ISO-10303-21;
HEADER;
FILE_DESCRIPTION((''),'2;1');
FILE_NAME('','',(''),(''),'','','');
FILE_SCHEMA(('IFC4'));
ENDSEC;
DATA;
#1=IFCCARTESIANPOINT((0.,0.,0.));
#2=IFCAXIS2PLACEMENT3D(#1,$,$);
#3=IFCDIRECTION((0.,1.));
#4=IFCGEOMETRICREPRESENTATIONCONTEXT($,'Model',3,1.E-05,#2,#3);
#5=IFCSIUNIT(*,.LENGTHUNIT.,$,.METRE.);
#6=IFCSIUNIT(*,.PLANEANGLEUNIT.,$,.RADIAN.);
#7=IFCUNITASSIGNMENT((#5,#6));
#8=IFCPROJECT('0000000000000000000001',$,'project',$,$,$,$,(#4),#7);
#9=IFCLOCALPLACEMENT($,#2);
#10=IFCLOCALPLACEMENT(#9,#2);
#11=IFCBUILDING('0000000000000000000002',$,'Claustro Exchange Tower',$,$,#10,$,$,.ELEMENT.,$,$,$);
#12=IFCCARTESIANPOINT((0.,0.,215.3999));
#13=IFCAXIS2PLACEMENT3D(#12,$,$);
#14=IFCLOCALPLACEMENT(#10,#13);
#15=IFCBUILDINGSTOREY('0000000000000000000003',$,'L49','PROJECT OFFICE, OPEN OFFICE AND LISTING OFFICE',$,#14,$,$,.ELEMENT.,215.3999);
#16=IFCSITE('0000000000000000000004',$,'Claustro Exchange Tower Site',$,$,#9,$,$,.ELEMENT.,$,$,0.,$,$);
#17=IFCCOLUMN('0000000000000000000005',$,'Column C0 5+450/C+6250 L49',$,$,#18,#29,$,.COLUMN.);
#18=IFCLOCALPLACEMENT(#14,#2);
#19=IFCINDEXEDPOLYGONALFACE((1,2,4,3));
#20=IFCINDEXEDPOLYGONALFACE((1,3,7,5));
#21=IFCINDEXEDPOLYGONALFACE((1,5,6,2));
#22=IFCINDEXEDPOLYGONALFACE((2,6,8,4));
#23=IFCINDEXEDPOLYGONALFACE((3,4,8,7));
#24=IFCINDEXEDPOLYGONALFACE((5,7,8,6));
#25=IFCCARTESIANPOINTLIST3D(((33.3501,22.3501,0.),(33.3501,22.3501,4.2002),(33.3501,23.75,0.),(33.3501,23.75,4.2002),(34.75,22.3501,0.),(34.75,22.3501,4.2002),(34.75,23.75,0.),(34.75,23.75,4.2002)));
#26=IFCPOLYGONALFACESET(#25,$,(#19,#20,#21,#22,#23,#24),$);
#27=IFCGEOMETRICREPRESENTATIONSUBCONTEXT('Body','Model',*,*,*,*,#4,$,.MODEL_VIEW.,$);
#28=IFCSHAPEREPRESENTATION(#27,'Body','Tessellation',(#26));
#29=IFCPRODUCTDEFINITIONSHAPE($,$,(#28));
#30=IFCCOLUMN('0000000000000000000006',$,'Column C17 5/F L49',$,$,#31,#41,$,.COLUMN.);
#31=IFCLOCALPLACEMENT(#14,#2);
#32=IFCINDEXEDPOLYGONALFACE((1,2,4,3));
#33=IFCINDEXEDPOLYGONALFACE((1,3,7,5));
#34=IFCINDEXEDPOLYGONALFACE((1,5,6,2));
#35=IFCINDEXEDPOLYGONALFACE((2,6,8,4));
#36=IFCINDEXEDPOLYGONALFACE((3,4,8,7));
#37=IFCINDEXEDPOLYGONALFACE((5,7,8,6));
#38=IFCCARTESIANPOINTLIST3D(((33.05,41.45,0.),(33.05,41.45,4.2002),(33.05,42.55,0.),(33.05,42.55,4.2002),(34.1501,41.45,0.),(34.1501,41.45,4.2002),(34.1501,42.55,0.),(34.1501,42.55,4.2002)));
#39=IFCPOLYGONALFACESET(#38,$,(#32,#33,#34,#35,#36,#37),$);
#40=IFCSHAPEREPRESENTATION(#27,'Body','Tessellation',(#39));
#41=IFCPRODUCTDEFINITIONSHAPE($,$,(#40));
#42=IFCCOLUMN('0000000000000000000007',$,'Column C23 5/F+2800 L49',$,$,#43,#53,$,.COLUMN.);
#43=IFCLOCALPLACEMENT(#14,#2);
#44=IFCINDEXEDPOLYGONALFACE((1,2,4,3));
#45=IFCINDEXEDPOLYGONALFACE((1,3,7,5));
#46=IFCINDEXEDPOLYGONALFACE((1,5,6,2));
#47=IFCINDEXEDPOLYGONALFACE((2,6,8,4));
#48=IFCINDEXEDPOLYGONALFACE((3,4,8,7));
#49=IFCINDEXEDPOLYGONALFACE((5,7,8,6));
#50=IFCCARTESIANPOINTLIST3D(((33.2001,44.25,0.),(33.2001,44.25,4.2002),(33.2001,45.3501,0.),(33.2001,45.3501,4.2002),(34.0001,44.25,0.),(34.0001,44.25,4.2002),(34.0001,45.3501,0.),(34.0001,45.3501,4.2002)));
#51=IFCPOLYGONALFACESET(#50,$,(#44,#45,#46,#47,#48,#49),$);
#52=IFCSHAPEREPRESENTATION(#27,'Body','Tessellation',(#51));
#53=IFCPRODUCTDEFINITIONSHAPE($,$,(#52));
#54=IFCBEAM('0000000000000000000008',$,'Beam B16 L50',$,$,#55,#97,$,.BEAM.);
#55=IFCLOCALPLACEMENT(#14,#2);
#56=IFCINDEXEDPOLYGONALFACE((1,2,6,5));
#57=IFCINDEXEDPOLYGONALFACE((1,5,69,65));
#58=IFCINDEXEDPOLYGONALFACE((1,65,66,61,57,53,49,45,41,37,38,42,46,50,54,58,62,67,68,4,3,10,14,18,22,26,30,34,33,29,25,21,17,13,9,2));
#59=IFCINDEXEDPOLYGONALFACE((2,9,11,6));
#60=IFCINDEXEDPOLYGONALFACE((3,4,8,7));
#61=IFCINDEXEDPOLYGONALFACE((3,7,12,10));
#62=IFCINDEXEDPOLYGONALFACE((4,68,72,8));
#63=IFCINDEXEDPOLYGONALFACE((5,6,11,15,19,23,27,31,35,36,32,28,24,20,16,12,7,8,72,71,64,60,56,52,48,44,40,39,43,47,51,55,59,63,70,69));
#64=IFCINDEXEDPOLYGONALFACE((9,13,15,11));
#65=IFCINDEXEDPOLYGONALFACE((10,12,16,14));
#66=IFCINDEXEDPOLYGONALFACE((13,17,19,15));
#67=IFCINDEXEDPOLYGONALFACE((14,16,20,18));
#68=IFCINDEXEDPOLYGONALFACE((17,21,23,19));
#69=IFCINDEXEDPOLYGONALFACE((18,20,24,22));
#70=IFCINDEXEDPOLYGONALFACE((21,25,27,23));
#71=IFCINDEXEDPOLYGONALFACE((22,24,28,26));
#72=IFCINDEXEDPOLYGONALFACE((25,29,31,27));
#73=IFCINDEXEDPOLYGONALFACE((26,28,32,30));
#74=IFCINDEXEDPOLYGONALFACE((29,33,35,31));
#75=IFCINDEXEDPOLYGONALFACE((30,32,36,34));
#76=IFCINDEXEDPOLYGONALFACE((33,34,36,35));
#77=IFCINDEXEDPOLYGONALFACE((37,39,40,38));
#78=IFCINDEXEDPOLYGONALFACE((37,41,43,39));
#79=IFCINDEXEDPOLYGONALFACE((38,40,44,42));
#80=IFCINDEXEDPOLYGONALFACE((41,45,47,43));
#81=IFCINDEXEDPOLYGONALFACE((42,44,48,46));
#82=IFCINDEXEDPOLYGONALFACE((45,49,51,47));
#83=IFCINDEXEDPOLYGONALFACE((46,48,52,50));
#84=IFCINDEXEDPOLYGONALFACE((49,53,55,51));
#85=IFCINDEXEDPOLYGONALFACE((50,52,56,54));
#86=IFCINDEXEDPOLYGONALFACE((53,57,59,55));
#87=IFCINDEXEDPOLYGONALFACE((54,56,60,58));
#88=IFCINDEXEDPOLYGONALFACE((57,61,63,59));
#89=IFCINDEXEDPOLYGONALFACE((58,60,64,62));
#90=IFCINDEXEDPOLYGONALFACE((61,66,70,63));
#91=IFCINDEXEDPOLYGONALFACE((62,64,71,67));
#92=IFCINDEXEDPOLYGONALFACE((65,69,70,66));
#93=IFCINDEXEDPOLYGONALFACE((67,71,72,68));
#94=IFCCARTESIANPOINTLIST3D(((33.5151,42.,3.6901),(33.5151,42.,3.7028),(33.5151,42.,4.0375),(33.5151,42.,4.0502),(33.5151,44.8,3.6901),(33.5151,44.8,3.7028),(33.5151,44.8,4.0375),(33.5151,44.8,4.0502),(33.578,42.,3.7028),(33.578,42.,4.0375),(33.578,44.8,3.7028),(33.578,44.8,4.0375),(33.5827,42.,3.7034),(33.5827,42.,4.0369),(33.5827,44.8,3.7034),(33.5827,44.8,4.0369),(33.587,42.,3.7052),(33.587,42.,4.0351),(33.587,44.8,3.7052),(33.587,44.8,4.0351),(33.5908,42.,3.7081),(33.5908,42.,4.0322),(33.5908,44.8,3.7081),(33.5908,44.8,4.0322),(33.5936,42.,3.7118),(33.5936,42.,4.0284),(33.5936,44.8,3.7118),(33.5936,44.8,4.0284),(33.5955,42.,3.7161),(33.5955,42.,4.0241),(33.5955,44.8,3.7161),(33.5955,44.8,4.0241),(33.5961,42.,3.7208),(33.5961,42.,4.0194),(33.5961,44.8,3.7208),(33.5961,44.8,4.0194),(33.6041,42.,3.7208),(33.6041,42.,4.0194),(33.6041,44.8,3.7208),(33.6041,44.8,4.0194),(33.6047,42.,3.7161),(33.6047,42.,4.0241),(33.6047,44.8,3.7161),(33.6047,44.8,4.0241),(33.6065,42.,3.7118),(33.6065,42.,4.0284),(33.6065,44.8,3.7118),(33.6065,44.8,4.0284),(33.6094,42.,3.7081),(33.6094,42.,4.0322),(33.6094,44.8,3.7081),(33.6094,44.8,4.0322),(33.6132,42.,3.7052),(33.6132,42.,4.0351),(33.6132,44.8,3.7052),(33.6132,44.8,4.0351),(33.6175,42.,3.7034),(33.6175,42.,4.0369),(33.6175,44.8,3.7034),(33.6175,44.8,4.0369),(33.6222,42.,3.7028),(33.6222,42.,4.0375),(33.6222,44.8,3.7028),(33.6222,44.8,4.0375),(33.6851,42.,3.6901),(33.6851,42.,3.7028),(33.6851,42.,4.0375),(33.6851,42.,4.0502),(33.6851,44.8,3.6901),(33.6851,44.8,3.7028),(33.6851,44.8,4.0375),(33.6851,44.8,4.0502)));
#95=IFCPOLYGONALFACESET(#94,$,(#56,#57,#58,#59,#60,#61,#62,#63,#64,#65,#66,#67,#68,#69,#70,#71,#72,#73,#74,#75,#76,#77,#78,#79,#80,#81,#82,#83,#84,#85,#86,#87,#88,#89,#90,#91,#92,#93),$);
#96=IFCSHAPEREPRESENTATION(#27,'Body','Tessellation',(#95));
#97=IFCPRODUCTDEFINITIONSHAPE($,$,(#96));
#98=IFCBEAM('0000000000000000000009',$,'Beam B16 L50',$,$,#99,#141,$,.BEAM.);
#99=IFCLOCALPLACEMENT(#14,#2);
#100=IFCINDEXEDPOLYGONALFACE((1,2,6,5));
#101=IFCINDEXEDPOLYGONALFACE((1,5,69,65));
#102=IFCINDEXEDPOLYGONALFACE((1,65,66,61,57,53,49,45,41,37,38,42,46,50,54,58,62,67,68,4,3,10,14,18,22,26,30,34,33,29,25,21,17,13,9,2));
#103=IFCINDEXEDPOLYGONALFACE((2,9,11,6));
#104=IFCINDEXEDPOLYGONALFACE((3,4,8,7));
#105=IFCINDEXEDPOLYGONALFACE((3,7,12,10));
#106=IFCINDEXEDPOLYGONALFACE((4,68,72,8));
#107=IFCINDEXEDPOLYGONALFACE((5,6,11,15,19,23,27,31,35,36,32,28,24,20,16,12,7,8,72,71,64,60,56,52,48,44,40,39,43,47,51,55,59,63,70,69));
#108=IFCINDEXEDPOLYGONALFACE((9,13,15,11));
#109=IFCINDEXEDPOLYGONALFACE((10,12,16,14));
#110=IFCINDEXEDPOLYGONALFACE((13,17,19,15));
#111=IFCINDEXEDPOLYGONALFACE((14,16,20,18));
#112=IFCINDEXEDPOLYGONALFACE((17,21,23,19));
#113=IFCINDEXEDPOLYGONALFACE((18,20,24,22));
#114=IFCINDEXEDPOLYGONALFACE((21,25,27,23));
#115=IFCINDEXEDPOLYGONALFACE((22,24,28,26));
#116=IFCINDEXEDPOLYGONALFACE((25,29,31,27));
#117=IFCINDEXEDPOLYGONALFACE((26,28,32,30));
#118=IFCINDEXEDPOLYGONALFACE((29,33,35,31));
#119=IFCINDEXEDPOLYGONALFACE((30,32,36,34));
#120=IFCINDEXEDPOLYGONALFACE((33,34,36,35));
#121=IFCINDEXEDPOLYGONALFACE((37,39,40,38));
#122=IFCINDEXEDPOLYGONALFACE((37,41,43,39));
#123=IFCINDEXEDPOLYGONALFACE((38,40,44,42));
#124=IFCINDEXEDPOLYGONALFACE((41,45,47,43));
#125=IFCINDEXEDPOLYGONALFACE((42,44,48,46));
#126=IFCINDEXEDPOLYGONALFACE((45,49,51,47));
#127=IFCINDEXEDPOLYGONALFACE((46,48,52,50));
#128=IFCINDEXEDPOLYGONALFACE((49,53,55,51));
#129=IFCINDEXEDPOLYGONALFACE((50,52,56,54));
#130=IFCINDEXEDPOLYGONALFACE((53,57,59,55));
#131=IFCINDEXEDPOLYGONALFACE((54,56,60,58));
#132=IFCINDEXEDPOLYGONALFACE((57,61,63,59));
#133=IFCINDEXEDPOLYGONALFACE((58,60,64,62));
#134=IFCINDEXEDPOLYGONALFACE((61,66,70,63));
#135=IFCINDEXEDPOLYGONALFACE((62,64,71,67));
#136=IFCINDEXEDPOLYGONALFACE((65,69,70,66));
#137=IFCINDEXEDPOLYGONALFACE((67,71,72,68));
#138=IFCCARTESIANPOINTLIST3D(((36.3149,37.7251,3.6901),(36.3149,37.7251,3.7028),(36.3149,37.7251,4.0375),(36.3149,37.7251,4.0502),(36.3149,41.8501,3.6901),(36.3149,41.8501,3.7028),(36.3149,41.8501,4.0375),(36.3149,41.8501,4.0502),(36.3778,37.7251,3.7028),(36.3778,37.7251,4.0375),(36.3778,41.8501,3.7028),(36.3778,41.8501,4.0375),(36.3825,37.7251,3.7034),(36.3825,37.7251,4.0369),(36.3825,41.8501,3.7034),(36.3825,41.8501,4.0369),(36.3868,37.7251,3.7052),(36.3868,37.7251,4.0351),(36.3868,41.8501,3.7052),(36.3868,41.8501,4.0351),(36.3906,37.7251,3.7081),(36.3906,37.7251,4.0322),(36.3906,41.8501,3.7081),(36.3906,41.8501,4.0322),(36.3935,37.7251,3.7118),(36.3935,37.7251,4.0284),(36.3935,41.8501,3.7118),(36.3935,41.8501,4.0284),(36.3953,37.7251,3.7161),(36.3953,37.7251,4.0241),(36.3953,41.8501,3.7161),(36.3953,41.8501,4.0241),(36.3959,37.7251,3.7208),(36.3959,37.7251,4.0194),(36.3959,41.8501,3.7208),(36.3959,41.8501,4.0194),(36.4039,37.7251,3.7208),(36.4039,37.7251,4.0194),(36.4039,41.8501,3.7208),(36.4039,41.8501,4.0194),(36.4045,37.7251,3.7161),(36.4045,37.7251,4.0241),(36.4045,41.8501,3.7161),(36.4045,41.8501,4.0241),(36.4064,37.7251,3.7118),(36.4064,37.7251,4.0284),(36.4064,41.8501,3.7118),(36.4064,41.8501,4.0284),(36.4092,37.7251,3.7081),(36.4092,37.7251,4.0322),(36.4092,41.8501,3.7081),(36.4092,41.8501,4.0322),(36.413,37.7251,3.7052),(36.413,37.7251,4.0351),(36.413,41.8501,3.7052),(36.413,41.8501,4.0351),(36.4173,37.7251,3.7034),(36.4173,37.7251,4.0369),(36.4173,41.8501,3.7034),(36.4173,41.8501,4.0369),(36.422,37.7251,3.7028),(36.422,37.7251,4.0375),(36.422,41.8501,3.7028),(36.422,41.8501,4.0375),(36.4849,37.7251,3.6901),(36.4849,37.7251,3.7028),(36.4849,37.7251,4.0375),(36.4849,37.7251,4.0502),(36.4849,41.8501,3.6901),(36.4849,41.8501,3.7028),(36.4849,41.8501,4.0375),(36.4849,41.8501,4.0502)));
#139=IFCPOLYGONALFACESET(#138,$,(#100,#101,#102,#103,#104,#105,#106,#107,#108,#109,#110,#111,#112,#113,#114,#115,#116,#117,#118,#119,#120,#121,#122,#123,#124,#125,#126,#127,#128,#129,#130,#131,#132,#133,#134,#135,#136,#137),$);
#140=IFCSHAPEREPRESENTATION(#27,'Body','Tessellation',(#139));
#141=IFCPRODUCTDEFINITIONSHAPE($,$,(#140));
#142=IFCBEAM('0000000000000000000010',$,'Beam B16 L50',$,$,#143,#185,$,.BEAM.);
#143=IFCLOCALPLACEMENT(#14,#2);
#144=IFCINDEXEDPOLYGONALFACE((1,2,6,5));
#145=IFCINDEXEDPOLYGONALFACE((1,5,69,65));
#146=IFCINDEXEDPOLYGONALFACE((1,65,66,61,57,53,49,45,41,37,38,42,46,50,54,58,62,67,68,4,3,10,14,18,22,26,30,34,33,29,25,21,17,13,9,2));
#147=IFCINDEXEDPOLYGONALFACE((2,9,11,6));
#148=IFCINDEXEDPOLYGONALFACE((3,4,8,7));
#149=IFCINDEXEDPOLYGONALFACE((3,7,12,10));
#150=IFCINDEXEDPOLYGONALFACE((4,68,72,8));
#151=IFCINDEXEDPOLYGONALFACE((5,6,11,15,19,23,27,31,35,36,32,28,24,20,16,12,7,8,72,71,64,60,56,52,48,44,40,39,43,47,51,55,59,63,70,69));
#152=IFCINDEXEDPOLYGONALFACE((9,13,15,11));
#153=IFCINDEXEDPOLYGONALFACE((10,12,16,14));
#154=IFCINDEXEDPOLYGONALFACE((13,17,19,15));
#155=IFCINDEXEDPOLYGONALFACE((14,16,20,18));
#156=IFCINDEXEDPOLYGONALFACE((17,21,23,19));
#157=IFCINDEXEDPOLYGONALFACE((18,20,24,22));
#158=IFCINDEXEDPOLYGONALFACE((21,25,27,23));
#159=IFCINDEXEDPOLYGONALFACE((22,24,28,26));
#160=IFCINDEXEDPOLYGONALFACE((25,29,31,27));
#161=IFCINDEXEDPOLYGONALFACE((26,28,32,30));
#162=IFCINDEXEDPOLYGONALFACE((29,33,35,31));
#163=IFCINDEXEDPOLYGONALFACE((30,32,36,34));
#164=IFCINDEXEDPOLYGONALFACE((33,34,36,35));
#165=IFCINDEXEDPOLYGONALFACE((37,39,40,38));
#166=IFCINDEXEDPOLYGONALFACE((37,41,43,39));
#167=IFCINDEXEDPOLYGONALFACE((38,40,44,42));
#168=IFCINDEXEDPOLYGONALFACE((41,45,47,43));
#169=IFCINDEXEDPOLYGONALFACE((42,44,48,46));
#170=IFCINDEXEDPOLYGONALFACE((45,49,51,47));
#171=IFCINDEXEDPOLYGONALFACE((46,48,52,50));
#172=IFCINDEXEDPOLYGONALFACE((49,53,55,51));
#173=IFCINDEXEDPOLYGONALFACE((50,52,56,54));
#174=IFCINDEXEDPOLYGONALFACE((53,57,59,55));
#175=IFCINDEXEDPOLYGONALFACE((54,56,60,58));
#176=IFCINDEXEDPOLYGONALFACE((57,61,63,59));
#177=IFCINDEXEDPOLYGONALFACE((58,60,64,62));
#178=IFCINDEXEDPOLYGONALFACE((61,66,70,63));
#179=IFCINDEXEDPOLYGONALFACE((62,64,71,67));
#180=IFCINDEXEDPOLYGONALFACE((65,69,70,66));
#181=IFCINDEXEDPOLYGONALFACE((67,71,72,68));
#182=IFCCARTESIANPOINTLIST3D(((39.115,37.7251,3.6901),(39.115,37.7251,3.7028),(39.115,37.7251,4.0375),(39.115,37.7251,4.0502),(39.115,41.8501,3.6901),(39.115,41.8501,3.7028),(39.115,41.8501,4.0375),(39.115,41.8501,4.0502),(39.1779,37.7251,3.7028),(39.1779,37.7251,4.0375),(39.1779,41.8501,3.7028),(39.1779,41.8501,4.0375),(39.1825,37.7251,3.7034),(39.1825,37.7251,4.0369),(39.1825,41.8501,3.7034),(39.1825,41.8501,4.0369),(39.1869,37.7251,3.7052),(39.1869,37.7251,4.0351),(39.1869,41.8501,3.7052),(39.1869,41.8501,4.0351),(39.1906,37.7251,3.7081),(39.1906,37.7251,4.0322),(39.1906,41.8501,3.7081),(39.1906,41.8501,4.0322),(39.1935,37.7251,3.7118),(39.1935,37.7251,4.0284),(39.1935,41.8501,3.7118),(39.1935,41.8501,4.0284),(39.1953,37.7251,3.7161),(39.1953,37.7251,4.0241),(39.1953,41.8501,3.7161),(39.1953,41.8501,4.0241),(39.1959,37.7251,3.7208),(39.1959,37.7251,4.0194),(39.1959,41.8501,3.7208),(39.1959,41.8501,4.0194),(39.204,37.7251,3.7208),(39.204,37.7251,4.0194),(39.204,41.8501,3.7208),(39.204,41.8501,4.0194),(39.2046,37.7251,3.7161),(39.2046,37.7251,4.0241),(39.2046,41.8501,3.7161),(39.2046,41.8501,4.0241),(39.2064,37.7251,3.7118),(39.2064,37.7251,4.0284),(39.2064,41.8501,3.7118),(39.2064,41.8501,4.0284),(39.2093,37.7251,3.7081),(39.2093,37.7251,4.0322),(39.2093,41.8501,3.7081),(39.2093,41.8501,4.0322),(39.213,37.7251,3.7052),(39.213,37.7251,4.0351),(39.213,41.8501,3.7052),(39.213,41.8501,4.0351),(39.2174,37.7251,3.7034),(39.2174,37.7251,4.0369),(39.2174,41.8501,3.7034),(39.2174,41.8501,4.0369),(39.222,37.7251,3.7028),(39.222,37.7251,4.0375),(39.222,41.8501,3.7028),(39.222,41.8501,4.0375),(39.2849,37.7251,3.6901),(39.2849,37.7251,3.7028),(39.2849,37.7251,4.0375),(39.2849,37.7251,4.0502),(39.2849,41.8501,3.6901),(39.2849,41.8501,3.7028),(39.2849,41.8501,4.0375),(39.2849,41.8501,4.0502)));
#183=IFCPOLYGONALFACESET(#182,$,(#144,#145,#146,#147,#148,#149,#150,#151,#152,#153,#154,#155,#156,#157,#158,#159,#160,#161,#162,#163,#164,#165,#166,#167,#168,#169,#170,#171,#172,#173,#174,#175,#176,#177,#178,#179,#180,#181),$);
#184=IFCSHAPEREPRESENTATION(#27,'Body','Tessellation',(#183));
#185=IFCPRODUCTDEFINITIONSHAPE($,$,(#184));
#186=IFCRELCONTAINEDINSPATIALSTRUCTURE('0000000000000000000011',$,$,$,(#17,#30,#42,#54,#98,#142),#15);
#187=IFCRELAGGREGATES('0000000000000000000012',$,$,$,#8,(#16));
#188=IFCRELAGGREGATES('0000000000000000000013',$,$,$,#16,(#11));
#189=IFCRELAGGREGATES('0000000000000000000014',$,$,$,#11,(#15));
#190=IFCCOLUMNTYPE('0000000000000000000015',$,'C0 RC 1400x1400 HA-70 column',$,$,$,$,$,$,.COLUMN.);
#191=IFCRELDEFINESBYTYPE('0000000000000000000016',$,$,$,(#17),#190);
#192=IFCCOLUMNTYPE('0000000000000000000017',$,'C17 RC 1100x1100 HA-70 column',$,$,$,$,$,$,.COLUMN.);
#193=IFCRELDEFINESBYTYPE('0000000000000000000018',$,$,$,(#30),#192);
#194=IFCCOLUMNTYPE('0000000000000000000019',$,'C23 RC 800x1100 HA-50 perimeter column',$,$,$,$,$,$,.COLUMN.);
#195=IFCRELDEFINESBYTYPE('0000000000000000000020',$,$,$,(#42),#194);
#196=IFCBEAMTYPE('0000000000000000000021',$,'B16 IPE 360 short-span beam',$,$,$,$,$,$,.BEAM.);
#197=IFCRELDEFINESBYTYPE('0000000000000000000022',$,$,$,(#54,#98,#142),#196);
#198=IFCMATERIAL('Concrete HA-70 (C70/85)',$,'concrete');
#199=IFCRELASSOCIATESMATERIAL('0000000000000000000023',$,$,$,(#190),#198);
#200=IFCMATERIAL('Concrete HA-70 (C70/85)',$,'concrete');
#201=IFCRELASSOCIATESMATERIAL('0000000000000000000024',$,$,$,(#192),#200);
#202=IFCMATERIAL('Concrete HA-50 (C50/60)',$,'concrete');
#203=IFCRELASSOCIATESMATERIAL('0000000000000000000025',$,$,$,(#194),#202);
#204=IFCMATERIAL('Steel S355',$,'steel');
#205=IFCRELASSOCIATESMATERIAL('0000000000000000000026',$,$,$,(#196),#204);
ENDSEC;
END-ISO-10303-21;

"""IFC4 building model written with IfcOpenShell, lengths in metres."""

from ifc_helpers import new_model, si_unit, direction, frame, origin, origin_2d, place, context, subcontext, project, spatial, rectangle, i_section, extrude, material, material_profile, profile_set, type_object, element, save


model = new_model("IFC4")

# Units and contexts
model_context = context("Model", 3, precision=1e-05, world=origin(), true_north=direction((0.0, 1.0)))
body_context = subcontext(model_context, "Body", "Model", "MODEL_VIEW")
ifc_project = project(units=[si_unit("LENGTHUNIT", "METRE"), si_unit("PLANEANGLEUNIT", "RADIAN")], contexts=[model_context])

# Site, building, storey
site_placement = place(None, origin())
site = spatial("IfcSite", under=ifc_project, at=site_placement, Name="Claustro Exchange Tower Site", CompositionType="ELEMENT", RefElevation=0.0)
building_placement = place(site_placement, origin())
building = spatial("IfcBuilding", under=site, at=building_placement, Name="Claustro Exchange Tower", CompositionType="ELEMENT")
storey_placement = place(building_placement, frame((0.0, 0.0, 215.3999)))
storey = spatial("IfcBuildingStorey", under=building, at=storey_placement, Name="L49", Description="PROJECT OFFICE, OPEN OFFICE AND LISTING OFFICE", CompositionType="ELEMENT", Elevation=215.3999)

# Columns
ifc_material_1 = material(Name="Concrete HA-70 (C70/85)", Category="concrete")
ifc_material_profile_1 = material_profile(ifc_material_1, rectangle(XDim=1.3999, YDim=1.3999, at=origin_2d()), Name="RC 1400x1400")
ifc_profile_set_1 = profile_set([ifc_material_profile_1], Name="Concrete HA-70 (C70/85)")
column_type_1 = type_object("IfcColumnType", Name="C0 RC 1400x1400 HA-70 column", PredefinedType="COLUMN", material=ifc_profile_set_1)
column_1_placement = place(storey_placement, frame((34.05, 23.05, 0.0), z_axis=(0.0, 0.0, 1.0), x_axis=(1.0, 0.0, 0.0)))
element("IfcColumn", 1, at=column_1_placement, inside=storey, type_object=column_type_1, Name="Column C0 5+450/C+6250 L49", PredefinedType="COLUMN", context=body_context, shape_type="SweptSolid", body=[
    extrude(rectangle(XDim=1.3999, YDim=1.3999, at=origin_2d()), origin(), (0.0, 0.0, 1.0), 4.2002),
])
ifc_material_2 = material(Name="Concrete HA-70 (C70/85)", Category="concrete")
ifc_material_profile_2 = material_profile(ifc_material_2, rectangle(XDim=1.1001, YDim=1.1001, at=origin_2d()), Name="RC 1100x1100")
ifc_profile_set_2 = profile_set([ifc_material_profile_2], Name="Concrete HA-70 (C70/85)")
column_type_2 = type_object("IfcColumnType", Name="C17 RC 1100x1100 HA-70 column", PredefinedType="COLUMN", material=ifc_profile_set_2)
column_2_placement = place(storey_placement, frame((33.6001, 42.0, 0.0), z_axis=(0.0, 0.0, 1.0), x_axis=(1.0, 0.0, 0.0)))
element("IfcColumn", 2, at=column_2_placement, inside=storey, type_object=column_type_2, Name="Column C17 5/F L49", PredefinedType="COLUMN", context=body_context, shape_type="SweptSolid", body=[
    extrude(rectangle(XDim=1.1001, YDim=1.1001, at=origin_2d()), origin(), (0.0, 0.0, 1.0), 4.2002),
])
ifc_material_3 = material(Name="Concrete HA-50 (C50/60)", Category="concrete")
ifc_material_profile_3 = material_profile(ifc_material_3, rectangle(XDim=0.8, YDim=1.1001, at=origin_2d()), Name="RC 800x1100")
ifc_profile_set_3 = profile_set([ifc_material_profile_3], Name="Concrete HA-50 (C50/60)")
column_type_3 = type_object("IfcColumnType", Name="C23 RC 800x1100 HA-50 perimeter column", PredefinedType="COLUMN", material=ifc_profile_set_3)
column_3_placement = place(storey_placement, frame((33.6001, 44.8, 0.0), z_axis=(0.0, 0.0, 1.0), x_axis=(1.0, 0.0, 0.0)))
element("IfcColumn", 3, at=column_3_placement, inside=storey, type_object=column_type_3, Name="Column C23 5/F+2800 L49", PredefinedType="COLUMN", context=body_context, shape_type="SweptSolid", body=[
    extrude(rectangle(XDim=0.8, YDim=1.1001, at=origin_2d()), origin(), (0.0, 0.0, 1.0), 4.2002),
])

# Beams
ifc_material_4 = material(Name="Steel S355", Category="steel")
ifc_material_profile_4 = material_profile(ifc_material_4, i_section(OverallWidth=0.1699, OverallDepth=0.3601, WebThickness=0.0081, FlangeThickness=0.0127, FilletRadius=0.0181, at=origin_2d()), Name="IPE 360")
ifc_profile_set_4 = profile_set([ifc_material_profile_4], Name="Steel S355")
beam_type_1 = type_object("IfcBeamType", Name="B16 IPE 360 short-span beam", PredefinedType="BEAM", material=ifc_profile_set_4)
beam_1_placement = place(storey_placement, frame((33.6001, 42.0, 3.8701), z_axis=(0.0, 1.0, 0.0), x_axis=(-1.0, 0.0, 0.0)))
element("IfcBeam", 4, at=beam_1_placement, inside=storey, type_object=beam_type_1, Name="Beam B16 L50", PredefinedType="BEAM", context=body_context, shape_type="SweptSolid", body=[
    extrude(i_section(OverallWidth=0.1699, OverallDepth=0.3601, WebThickness=0.0081, FlangeThickness=0.0127, FilletRadius=0.0181, at=origin_2d()), origin(), (0.0, 0.0, 1.0), 2.8),
])
for number, where, z_axis, x_axis, name in (
    (5, (36.3999, 37.7251, 3.8701), (0.0, 1.0, 0.0), (-1.0, 0.0, 0.0), "Beam B16 L50"),
    (6, (39.2, 37.7251, 3.8701), (0.0, 1.0, 0.0), (-1.0, 0.0, 0.0), "Beam B16 L50"),
):
    element("IfcBeam", number, at=place(storey_placement, frame(where, z_axis=z_axis, x_axis=x_axis)), inside=storey, type_object=beam_type_1, Name=name, PredefinedType="BEAM", context=body_context, shape_type="SweptSolid", body=[
        extrude(i_section(OverallWidth=0.1699, OverallDepth=0.3601, WebThickness=0.0081, FlangeThickness=0.0127, FilletRadius=0.0181, at=origin_2d()), origin(), (0.0, 0.0, 1.0), 4.125),
    ])

save(model, "model.ifc")
